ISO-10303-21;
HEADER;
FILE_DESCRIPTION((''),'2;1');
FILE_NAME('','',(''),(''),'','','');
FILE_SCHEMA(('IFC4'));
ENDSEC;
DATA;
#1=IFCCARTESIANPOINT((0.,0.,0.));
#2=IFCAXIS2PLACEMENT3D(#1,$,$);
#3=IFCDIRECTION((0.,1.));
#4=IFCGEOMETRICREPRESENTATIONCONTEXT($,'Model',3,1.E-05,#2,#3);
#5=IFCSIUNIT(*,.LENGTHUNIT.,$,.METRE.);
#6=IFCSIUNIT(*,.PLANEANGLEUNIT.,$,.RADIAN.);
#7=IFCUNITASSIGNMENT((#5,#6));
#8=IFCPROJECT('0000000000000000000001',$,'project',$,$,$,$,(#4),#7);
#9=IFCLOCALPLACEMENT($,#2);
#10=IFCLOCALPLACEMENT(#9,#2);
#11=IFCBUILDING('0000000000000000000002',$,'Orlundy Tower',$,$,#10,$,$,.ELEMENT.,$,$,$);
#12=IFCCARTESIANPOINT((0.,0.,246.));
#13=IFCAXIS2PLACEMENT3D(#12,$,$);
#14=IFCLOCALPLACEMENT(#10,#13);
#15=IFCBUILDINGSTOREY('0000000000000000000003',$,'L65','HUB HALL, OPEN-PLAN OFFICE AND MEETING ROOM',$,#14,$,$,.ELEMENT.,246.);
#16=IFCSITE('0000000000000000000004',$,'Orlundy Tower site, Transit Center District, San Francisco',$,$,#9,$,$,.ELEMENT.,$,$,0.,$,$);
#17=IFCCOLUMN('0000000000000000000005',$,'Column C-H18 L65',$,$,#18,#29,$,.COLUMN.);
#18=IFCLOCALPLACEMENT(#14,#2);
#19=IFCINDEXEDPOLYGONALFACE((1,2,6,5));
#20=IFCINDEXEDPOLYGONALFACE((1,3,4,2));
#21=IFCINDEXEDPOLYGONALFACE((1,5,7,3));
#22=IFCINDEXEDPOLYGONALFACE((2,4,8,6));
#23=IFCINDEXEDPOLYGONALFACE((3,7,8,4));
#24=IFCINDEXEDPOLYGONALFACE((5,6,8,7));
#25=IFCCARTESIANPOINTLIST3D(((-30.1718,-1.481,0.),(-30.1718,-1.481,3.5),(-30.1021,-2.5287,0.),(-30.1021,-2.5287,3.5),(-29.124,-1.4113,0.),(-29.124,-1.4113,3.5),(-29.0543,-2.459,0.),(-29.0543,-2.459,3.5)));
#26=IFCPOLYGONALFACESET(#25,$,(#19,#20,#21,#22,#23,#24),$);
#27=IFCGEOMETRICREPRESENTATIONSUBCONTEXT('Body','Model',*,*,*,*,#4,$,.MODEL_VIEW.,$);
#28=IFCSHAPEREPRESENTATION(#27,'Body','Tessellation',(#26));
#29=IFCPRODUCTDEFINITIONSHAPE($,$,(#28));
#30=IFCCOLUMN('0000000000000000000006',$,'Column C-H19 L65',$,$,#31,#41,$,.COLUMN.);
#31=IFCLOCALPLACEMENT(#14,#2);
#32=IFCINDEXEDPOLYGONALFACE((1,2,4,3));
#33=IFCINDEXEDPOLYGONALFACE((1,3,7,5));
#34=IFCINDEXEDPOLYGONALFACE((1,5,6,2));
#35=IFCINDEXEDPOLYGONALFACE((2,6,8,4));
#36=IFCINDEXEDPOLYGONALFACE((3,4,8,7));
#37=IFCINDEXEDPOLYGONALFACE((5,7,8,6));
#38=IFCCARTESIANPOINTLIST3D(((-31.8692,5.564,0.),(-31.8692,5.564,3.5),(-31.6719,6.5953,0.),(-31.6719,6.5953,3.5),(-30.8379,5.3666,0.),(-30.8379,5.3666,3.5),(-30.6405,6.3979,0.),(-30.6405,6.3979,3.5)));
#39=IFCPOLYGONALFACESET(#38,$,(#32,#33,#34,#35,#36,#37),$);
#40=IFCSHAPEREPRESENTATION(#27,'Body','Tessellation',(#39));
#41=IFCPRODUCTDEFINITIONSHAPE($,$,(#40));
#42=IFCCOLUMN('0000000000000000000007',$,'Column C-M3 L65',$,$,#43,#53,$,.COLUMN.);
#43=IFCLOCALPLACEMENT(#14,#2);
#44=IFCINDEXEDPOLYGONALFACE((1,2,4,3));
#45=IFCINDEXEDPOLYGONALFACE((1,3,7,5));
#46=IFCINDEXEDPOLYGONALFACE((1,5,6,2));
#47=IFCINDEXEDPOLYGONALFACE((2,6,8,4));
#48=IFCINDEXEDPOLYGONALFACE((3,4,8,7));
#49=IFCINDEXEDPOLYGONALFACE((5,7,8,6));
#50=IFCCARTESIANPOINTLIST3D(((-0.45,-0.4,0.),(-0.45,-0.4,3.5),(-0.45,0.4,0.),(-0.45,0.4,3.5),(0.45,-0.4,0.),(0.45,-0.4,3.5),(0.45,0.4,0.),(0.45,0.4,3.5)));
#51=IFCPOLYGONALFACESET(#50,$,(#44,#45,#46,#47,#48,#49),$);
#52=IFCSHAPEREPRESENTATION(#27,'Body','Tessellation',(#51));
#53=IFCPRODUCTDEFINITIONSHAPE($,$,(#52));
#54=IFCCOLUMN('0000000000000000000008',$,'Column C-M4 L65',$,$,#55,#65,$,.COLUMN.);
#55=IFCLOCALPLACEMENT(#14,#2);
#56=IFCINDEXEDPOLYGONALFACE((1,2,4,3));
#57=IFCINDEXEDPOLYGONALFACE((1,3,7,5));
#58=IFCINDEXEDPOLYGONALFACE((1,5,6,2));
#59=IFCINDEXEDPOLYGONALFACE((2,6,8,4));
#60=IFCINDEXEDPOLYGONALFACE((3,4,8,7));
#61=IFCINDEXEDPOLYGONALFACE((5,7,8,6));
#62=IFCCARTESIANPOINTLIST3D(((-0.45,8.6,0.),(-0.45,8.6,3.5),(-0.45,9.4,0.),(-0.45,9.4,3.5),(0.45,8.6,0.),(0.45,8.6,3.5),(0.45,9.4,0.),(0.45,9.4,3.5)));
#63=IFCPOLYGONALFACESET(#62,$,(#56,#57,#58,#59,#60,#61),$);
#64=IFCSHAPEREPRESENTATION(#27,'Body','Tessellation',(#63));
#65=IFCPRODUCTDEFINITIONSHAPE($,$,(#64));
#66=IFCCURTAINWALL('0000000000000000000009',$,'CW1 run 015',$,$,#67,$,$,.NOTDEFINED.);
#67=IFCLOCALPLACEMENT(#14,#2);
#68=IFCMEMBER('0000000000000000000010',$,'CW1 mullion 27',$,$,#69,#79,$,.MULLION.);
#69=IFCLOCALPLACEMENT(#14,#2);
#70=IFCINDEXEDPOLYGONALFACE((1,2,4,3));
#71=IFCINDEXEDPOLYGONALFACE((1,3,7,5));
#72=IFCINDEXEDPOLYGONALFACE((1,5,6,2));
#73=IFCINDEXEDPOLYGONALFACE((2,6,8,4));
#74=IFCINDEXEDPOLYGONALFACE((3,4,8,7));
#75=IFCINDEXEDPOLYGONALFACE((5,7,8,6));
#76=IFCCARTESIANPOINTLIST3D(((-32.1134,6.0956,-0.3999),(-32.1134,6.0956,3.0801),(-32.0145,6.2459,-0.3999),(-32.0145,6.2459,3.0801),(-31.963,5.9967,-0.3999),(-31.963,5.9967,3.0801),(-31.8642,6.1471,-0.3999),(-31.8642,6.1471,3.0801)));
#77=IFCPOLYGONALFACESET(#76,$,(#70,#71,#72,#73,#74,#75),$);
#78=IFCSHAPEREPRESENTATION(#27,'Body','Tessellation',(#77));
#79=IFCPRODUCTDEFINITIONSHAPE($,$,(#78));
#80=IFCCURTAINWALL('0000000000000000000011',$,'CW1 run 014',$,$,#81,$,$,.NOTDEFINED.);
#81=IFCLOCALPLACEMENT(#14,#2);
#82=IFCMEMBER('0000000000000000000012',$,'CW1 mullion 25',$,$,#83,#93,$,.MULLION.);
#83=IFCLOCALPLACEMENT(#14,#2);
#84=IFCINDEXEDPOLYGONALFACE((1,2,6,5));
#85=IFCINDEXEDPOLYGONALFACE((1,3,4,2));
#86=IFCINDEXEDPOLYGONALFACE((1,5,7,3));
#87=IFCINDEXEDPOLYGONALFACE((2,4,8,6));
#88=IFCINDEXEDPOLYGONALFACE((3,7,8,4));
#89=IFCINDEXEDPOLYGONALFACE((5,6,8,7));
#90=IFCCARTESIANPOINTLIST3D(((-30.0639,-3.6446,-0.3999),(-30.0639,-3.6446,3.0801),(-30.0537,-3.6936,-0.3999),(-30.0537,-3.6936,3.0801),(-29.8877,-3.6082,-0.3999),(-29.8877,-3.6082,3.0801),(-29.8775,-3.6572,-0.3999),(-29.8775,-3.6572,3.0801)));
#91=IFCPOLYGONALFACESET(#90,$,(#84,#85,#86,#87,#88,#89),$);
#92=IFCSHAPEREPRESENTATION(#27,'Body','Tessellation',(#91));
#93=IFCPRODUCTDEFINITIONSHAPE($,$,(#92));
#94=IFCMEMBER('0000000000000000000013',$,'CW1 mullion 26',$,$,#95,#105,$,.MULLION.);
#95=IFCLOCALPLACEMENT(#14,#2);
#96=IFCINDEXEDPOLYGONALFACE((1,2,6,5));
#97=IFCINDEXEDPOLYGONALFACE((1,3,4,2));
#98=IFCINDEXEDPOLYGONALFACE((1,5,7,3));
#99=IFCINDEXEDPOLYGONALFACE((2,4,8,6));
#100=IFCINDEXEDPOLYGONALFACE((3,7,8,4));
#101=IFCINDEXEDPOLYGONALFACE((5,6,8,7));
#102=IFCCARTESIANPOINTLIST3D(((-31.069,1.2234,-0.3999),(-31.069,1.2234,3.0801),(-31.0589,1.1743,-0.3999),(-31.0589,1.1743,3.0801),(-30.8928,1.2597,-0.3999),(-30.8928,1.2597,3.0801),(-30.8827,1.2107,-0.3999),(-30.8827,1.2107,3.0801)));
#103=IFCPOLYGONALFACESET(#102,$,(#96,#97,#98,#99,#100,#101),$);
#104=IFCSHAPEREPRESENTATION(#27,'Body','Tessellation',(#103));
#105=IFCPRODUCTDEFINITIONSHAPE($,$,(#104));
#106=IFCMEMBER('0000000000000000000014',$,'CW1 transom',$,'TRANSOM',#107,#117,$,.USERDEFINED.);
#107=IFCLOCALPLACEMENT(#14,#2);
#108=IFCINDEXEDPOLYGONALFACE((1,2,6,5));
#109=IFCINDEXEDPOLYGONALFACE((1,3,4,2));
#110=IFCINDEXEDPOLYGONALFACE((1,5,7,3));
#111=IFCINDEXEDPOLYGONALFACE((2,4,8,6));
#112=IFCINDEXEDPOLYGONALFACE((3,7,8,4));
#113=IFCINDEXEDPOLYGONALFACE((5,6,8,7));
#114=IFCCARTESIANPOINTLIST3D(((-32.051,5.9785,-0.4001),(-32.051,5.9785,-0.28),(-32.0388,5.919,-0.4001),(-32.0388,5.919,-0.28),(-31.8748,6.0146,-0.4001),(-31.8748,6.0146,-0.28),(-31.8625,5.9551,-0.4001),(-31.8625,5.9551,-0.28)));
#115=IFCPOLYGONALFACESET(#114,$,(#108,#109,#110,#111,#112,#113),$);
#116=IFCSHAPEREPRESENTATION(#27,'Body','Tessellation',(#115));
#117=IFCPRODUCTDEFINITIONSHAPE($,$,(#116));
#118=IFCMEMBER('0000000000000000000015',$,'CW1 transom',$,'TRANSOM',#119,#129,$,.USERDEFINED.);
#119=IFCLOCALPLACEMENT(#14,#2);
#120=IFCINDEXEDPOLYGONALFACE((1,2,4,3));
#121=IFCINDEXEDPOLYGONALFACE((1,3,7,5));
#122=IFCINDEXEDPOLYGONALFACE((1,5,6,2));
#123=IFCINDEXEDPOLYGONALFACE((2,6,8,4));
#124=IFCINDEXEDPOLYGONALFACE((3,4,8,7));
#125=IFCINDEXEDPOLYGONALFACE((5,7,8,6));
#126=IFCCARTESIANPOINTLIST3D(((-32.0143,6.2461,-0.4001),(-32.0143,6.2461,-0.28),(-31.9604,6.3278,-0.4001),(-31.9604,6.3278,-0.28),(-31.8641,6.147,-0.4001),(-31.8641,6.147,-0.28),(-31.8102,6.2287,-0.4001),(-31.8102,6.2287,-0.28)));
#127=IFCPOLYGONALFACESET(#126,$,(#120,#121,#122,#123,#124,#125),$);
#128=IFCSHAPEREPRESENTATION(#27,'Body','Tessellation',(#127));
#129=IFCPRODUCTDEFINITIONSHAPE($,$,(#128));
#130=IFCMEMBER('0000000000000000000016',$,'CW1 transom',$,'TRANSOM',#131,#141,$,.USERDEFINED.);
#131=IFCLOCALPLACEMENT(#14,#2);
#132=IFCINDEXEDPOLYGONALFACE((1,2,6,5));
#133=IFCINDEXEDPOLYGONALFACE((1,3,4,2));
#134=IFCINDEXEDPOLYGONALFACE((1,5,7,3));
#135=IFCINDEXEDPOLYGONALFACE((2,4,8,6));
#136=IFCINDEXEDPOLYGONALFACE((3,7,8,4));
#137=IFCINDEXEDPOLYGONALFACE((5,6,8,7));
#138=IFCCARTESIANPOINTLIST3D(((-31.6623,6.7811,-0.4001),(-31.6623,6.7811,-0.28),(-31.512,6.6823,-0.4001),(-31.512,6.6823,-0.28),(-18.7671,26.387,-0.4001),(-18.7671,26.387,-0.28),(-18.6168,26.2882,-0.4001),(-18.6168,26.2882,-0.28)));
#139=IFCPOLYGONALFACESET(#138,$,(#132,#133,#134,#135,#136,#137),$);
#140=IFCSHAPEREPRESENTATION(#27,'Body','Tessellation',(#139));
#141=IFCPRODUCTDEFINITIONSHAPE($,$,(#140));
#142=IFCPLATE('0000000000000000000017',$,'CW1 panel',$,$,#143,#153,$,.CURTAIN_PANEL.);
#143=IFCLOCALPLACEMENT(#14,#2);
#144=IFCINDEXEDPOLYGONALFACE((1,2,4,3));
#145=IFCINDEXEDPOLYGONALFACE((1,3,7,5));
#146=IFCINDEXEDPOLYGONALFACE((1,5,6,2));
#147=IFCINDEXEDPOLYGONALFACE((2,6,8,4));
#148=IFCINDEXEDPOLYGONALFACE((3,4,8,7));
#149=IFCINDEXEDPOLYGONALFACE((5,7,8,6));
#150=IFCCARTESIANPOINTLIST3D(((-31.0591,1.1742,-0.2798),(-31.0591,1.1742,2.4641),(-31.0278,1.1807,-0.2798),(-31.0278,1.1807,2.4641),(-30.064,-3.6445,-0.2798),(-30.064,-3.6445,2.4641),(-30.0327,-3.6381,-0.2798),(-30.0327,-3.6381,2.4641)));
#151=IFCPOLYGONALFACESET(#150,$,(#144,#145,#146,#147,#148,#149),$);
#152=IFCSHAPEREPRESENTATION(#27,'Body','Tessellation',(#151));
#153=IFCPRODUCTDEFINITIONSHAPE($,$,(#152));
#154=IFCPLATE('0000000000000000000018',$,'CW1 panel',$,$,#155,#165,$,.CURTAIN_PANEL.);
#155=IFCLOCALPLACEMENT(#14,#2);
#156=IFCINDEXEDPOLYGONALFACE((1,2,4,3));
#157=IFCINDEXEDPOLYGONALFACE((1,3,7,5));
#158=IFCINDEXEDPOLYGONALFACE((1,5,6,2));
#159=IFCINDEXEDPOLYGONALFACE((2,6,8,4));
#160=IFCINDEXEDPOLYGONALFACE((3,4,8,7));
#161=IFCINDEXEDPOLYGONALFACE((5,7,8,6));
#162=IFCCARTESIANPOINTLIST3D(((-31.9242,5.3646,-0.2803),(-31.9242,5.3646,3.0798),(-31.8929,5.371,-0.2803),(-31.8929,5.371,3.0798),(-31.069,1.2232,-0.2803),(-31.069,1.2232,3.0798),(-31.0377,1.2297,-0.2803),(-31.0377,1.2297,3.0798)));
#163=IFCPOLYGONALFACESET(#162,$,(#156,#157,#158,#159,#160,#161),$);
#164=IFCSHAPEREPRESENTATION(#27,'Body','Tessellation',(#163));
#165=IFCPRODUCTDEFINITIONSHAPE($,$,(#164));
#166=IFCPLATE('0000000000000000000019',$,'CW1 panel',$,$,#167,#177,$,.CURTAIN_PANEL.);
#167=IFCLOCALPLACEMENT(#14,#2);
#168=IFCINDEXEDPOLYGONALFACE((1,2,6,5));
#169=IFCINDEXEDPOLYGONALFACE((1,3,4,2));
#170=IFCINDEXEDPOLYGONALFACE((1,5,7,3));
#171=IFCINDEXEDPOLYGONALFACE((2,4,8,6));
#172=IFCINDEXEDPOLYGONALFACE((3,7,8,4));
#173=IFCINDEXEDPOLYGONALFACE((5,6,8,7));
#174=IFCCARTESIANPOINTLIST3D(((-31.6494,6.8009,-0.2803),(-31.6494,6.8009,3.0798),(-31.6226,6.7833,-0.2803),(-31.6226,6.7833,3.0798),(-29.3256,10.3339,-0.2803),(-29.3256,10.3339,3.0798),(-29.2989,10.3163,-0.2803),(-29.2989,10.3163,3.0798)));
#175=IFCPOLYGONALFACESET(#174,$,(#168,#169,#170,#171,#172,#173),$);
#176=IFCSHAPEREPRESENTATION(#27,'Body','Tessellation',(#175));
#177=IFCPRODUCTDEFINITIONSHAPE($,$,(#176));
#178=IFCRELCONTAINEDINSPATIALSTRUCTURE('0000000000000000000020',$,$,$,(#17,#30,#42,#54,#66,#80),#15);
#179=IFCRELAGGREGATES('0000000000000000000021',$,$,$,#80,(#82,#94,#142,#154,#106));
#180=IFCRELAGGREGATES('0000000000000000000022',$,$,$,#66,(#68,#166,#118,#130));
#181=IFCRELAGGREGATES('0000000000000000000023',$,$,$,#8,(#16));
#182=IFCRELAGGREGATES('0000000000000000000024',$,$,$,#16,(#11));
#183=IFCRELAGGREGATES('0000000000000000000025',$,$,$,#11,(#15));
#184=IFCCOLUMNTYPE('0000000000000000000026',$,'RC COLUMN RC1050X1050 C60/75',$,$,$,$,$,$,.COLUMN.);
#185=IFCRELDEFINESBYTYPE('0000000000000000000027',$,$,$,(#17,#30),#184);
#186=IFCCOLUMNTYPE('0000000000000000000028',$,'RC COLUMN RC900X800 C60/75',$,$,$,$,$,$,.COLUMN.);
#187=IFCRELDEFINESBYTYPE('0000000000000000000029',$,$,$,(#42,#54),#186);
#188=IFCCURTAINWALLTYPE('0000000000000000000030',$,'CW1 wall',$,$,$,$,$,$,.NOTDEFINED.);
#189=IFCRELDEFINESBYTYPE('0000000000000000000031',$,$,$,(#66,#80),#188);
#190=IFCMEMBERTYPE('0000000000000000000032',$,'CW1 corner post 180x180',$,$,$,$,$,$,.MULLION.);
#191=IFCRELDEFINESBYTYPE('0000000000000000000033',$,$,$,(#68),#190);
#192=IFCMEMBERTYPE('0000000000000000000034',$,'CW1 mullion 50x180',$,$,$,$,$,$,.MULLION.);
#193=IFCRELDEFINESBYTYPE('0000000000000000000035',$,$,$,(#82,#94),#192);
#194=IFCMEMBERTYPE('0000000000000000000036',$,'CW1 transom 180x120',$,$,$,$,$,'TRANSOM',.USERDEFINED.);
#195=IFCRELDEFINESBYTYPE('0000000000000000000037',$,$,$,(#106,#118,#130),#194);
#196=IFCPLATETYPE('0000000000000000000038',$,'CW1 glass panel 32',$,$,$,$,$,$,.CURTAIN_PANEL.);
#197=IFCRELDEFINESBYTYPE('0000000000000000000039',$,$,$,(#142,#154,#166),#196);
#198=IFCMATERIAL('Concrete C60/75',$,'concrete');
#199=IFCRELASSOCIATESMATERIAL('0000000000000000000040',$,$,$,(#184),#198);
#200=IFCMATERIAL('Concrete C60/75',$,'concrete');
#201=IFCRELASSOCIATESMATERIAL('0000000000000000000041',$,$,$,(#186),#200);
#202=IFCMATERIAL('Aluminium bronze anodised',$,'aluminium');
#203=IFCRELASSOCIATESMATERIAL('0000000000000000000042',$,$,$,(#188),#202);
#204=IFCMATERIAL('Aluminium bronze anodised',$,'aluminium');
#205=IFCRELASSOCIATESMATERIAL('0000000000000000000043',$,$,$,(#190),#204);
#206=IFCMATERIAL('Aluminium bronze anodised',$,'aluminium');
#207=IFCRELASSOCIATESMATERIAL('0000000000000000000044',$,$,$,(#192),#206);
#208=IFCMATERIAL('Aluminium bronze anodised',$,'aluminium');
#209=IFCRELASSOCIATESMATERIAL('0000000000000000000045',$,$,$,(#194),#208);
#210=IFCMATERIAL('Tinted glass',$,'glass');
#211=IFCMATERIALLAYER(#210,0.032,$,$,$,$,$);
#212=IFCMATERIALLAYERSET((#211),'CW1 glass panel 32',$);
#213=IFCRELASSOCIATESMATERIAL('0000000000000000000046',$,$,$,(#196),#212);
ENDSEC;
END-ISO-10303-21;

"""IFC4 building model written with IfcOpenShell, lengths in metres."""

from ifc_helpers import new_model, si_unit, direction, frame, origin, origin_2d, place, context, subcontext, project, spatial, rectangle, extrude, material, layer, layer_set, material_profile, profile_set, type_object, element, aggregate, save


model = new_model("IFC4")

# Units and contexts
model_context = context("Model", 3, precision=1e-05, world=origin(), true_north=direction((0.0, 1.0)))
body_context = subcontext(model_context, "Body", "Model", "MODEL_VIEW")
ifc_project = project(units=[si_unit("LENGTHUNIT", "METRE"), si_unit("PLANEANGLEUNIT", "RADIAN")], contexts=[model_context])

# Site, building, storey
site_placement = place(None, origin())
site = spatial("IfcSite", under=ifc_project, at=site_placement, Name="Orlundy Tower site, Transit Center District, San Francisco", CompositionType="ELEMENT", RefElevation=0.0)
building_placement = place(site_placement, origin())
building = spatial("IfcBuilding", under=site, at=building_placement, Name="Orlundy Tower", CompositionType="ELEMENT")
storey_placement = place(building_placement, frame((0.0, 0.0, 246.0)))
storey = spatial("IfcBuildingStorey", under=building, at=storey_placement, Name="L65", Description="HUB HALL, OPEN-PLAN OFFICE AND MEETING ROOM", CompositionType="ELEMENT", Elevation=246.0)

# Columns
ifc_material_1 = material(Name="Concrete C60/75", Category="concrete")
ifc_material_profile_1 = material_profile(ifc_material_1, rectangle(XDim=1.05, YDim=1.05, at=origin_2d()), Name="RC1050X1050")
ifc_profile_set_1 = profile_set([ifc_material_profile_1], Name="Concrete C60/75")
column_type_1 = type_object("IfcColumnType", Name="RC COLUMN RC1050X1050 C60/75", PredefinedType="COLUMN", material=ifc_profile_set_1)
for number, where, z_axis, x_axis, name in (
    (1, (-29.613, -1.97, 0.0), (0.0, 0.0, 1.0), (-0.997795, -0.066378, 0.0), "Column C-H18 L65"),
    (2, (-31.2549, 5.981, 0.0), (0.0, 0.0, 1.0), (-0.982179, 0.187947, 0.0), "Column C-H19 L65"),
):
    element("IfcColumn", number, at=place(storey_placement, frame(where, z_axis=z_axis, x_axis=x_axis)), inside=storey, type_object=column_type_1, Name=name, PredefinedType="COLUMN", context=body_context, shape_type="SweptSolid", body=[
        extrude(rectangle(XDim=1.05, YDim=1.05, at=origin_2d()), origin(), (0.0, 0.0, 1.0), 3.5),
    ])
ifc_material_2 = material(Name="Concrete C60/75", Category="concrete")
ifc_material_profile_2 = material_profile(ifc_material_2, rectangle(XDim=0.8999, YDim=0.8, at=origin_2d()), Name="RC900X800")
ifc_profile_set_2 = profile_set([ifc_material_profile_2], Name="Concrete C60/75")
column_type_2 = type_object("IfcColumnType", Name="RC COLUMN RC900X800 C60/75", PredefinedType="COLUMN", material=ifc_profile_set_2)
for number, where, z_axis, x_axis, name in (
    (3, (0.0, 0.0, 0.0), (0.0, 0.0, 1.0), (1.0, 0.0, 0.0), "Column C-M3 L65"),
    (4, (0.0, 9.0, 0.0), (0.0, 0.0, 1.0), (1.0, 0.0, 0.0), "Column C-M4 L65"),
):
    element("IfcColumn", number, at=place(storey_placement, frame(where, z_axis=z_axis, x_axis=x_axis)), inside=storey, type_object=column_type_2, Name=name, PredefinedType="COLUMN", context=body_context, shape_type="SweptSolid", body=[
        extrude(rectangle(XDim=0.8999, YDim=0.8, at=origin_2d()), origin(), (0.0, 0.0, 1.0), 3.5),
    ])

# Curtain wall, member
ifc_material_3 = material(Name="Aluminium bronze anodised", Category="aluminium")
curtain_wall_type = type_object("IfcCurtainWallType", Name="CW1 wall", PredefinedType="NOTDEFINED", material=ifc_material_3)
curtain_wall_1_placement = place(storey_placement, origin())
curtain_wall_1 = element("IfcCurtainWall", 5, at=curtain_wall_1_placement, inside=storey, type_object=curtain_wall_type, Name="CW1 run 015", PredefinedType="NOTDEFINED")
ifc_material_4 = material(Name="Aluminium bronze anodised", Category="aluminium")
ifc_material_profile_3 = material_profile(ifc_material_4, rectangle(XDim=0.1799, YDim=0.1799, at=origin_2d()), Name="CW1 corner post 180x180")
ifc_profile_set_3 = profile_set([ifc_material_profile_3], Name="Aluminium bronze anodised")
member_type_1 = type_object("IfcMemberType", Name="CW1 corner post 180x180", PredefinedType="MULLION", material=ifc_profile_set_3)
member_1_placement = place(storey_placement, frame((-31.9888, 6.1213, -0.3999), z_axis=(0.0, 0.0, 1.0), x_axis=(-0.835482, 0.549517, 0.0)))
member_1 = element("IfcMember", 6, at=member_1_placement, type_object=member_type_1, Name="CW1 mullion 27", PredefinedType="MULLION", context=body_context, shape_type="SweptSolid", body=[
    extrude(rectangle(XDim=0.1799, YDim=0.1799, at=origin_2d()), origin(), (0.0, 0.0, 1.0), 3.48),
])

# Curtain wall, members
curtain_wall_2_placement = place(storey_placement, origin())
curtain_wall_2 = element("IfcCurtainWall", 7, at=curtain_wall_2_placement, inside=storey, type_object=curtain_wall_type, Name="CW1 run 014", PredefinedType="NOTDEFINED")
ifc_material_5 = material(Name="Aluminium bronze anodised", Category="aluminium")
ifc_material_profile_4 = material_profile(ifc_material_5, rectangle(XDim=0.1799, YDim=0.05, at=origin_2d()), Name="CW1 mullion 50x180")
ifc_profile_set_4 = profile_set([ifc_material_profile_4], Name="Aluminium bronze anodised")
member_type_2 = type_object("IfcMemberType", Name="CW1 mullion 50x180", PredefinedType="MULLION", material=ifc_profile_set_4)
member_2_placement = place(storey_placement, frame((-29.9707, -3.6509, -0.3999), z_axis=(0.0, 0.0, 1.0), x_axis=(-0.979337, -0.202233, 0.0)))
member_2 = element("IfcMember", 8, at=member_2_placement, type_object=member_type_2, Name="CW1 mullion 25", PredefinedType="MULLION", context=body_context, shape_type="SweptSolid", body=[
    extrude(rectangle(XDim=0.1799, YDim=0.05, at=origin_2d()), origin(), (0.0, 0.0, 1.0), 3.48),
])
member_3_placement = place(storey_placement, frame((-30.9758, 1.217, -0.3999), z_axis=(0.0, 0.0, 1.0), x_axis=(-0.979337, -0.202233, 0.0)))
member_3 = element("IfcMember", 9, at=member_3_placement, type_object=member_type_2, Name="CW1 mullion 26", PredefinedType="MULLION", context=body_context, shape_type="SweptSolid", body=[
    extrude(rectangle(XDim=0.1799, YDim=0.05, at=origin_2d()), origin(), (0.0, 0.0, 1.0), 3.48),
])
ifc_material_6 = material(Name="Aluminium bronze anodised", Category="aluminium")
ifc_material_profile_5 = material_profile(ifc_material_6, rectangle(XDim=0.1799, YDim=0.1201, at=origin_2d()), Name="CW1 transom 180x120")
ifc_profile_set_5 = profile_set([ifc_material_profile_5], Name="Aluminium bronze anodised")
member_type_3 = type_object("IfcMemberType", Name="CW1 transom 180x120", ElementType="TRANSOM", PredefinedType="USERDEFINED", material=ifc_profile_set_5)
member_4_placement = place(storey_placement, frame((-31.9507, 5.937, -0.3401), z_axis=(-0.200747, 0.979643, 0.0), x_axis=(-0.979643, -0.200747, 0.0)))
member_4 = element("IfcMember", 10, at=member_4_placement, type_object=member_type_3, Name="CW1 transom", ObjectType="TRANSOM", PredefinedType="USERDEFINED", context=body_context, shape_type="SweptSolid", body=[
    extrude(rectangle(XDim=0.1799, YDim=0.1201, at=origin_2d()), origin(), (0.0, 0.0, 1.0), 0.0608),
])

# Members
member_5_placement = place(storey_placement, frame((-31.9392, 6.1965, -0.3401), z_axis=(0.550669, 0.834724, 0.0), x_axis=(-0.834724, 0.550669, 0.0)))
member_5 = element("IfcMember", 11, at=member_5_placement, type_object=member_type_3, Name="CW1 transom", ObjectType="TRANSOM", PredefinedType="USERDEFINED", context=body_context, shape_type="SweptSolid", body=[
    extrude(rectangle(XDim=0.1799, YDim=0.1201, at=origin_2d()), origin(), (0.0, 0.0, 1.0), 0.0979),
])
member_6_placement = place(storey_placement, frame((-31.5872, 6.7317, -0.3401), z_axis=(0.549516, 0.835483, 0.0), x_axis=(-0.835483, 0.549516, 0.0)))
member_6 = element("IfcMember", 12, at=member_6_placement, type_object=member_type_3, Name="CW1 transom", ObjectType="TRANSOM", PredefinedType="USERDEFINED", context=body_context, shape_type="SweptSolid", body=[
    extrude(rectangle(XDim=0.1799, YDim=0.1201, at=origin_2d()), origin(), (0.0, 0.0, 1.0), 23.4666),
])

# Plates
ifc_material_7 = material(Name="Tinted glass", Category="glass")
ifc_layer_1 = layer(ifc_material_7, 0.032)
ifc_layer_set_1 = layer_set([ifc_layer_1], Name="CW1 glass panel 32")
plate_type = type_object("IfcPlateType", Name="CW1 glass panel 32", PredefinedType="CURTAIN_PANEL", material=ifc_layer_set_1)
plate_1_placement = place(storey_placement, frame((-30.5459, -1.2319, -0.2798), z_axis=(0.0, 0.0, 1.0), x_axis=(-0.202233, 0.979337, 0.0)))
plate_1 = element("IfcPlate", 13, at=plate_1_placement, type_object=plate_type, Name="CW1 panel", PredefinedType="CURTAIN_PANEL", context=body_context, shape_type="SweptSolid", body=[
    extrude(rectangle(XDim=4.9204, YDim=0.032, at=origin_2d()), origin(), (0.0, 0.0, 1.0), 2.7439),
])
plate_2_placement = place(storey_placement, frame((-31.481, 3.2971, -0.2803), z_axis=(0.0, 0.0, 1.0), x_axis=(-0.202233, 0.979337, 0.0)))
plate_2 = element("IfcPlate", 14, at=plate_2_placement, type_object=plate_type, Name="CW1 panel", PredefinedType="CURTAIN_PANEL", context=body_context, shape_type="SweptSolid", body=[
    extrude(rectangle(XDim=4.2288, YDim=0.032, at=origin_2d()), origin(), (0.0, 0.0, 1.0), 3.3601),
])
aggregate(curtain_wall_2, [member_2, member_3, plate_1, plate_2, member_4])
plate_3_placement = place(storey_placement, frame((-30.4741, 8.5586, -0.2803), z_axis=(0.0, 0.0, 1.0), x_axis=(0.549517, 0.835482, 0.0)))
plate_3 = element("IfcPlate", 15, at=plate_3_placement, type_object=plate_type, Name="CW1 panel", PredefinedType="CURTAIN_PANEL", context=body_context, shape_type="SweptSolid", body=[
    extrude(rectangle(XDim=4.2288, YDim=0.032, at=origin_2d()), origin(), (0.0, 0.0, 1.0), 3.3601),
])
aggregate(curtain_wall_1, [member_1, plate_3, member_5, member_6])

save(model, "model.ifc")
